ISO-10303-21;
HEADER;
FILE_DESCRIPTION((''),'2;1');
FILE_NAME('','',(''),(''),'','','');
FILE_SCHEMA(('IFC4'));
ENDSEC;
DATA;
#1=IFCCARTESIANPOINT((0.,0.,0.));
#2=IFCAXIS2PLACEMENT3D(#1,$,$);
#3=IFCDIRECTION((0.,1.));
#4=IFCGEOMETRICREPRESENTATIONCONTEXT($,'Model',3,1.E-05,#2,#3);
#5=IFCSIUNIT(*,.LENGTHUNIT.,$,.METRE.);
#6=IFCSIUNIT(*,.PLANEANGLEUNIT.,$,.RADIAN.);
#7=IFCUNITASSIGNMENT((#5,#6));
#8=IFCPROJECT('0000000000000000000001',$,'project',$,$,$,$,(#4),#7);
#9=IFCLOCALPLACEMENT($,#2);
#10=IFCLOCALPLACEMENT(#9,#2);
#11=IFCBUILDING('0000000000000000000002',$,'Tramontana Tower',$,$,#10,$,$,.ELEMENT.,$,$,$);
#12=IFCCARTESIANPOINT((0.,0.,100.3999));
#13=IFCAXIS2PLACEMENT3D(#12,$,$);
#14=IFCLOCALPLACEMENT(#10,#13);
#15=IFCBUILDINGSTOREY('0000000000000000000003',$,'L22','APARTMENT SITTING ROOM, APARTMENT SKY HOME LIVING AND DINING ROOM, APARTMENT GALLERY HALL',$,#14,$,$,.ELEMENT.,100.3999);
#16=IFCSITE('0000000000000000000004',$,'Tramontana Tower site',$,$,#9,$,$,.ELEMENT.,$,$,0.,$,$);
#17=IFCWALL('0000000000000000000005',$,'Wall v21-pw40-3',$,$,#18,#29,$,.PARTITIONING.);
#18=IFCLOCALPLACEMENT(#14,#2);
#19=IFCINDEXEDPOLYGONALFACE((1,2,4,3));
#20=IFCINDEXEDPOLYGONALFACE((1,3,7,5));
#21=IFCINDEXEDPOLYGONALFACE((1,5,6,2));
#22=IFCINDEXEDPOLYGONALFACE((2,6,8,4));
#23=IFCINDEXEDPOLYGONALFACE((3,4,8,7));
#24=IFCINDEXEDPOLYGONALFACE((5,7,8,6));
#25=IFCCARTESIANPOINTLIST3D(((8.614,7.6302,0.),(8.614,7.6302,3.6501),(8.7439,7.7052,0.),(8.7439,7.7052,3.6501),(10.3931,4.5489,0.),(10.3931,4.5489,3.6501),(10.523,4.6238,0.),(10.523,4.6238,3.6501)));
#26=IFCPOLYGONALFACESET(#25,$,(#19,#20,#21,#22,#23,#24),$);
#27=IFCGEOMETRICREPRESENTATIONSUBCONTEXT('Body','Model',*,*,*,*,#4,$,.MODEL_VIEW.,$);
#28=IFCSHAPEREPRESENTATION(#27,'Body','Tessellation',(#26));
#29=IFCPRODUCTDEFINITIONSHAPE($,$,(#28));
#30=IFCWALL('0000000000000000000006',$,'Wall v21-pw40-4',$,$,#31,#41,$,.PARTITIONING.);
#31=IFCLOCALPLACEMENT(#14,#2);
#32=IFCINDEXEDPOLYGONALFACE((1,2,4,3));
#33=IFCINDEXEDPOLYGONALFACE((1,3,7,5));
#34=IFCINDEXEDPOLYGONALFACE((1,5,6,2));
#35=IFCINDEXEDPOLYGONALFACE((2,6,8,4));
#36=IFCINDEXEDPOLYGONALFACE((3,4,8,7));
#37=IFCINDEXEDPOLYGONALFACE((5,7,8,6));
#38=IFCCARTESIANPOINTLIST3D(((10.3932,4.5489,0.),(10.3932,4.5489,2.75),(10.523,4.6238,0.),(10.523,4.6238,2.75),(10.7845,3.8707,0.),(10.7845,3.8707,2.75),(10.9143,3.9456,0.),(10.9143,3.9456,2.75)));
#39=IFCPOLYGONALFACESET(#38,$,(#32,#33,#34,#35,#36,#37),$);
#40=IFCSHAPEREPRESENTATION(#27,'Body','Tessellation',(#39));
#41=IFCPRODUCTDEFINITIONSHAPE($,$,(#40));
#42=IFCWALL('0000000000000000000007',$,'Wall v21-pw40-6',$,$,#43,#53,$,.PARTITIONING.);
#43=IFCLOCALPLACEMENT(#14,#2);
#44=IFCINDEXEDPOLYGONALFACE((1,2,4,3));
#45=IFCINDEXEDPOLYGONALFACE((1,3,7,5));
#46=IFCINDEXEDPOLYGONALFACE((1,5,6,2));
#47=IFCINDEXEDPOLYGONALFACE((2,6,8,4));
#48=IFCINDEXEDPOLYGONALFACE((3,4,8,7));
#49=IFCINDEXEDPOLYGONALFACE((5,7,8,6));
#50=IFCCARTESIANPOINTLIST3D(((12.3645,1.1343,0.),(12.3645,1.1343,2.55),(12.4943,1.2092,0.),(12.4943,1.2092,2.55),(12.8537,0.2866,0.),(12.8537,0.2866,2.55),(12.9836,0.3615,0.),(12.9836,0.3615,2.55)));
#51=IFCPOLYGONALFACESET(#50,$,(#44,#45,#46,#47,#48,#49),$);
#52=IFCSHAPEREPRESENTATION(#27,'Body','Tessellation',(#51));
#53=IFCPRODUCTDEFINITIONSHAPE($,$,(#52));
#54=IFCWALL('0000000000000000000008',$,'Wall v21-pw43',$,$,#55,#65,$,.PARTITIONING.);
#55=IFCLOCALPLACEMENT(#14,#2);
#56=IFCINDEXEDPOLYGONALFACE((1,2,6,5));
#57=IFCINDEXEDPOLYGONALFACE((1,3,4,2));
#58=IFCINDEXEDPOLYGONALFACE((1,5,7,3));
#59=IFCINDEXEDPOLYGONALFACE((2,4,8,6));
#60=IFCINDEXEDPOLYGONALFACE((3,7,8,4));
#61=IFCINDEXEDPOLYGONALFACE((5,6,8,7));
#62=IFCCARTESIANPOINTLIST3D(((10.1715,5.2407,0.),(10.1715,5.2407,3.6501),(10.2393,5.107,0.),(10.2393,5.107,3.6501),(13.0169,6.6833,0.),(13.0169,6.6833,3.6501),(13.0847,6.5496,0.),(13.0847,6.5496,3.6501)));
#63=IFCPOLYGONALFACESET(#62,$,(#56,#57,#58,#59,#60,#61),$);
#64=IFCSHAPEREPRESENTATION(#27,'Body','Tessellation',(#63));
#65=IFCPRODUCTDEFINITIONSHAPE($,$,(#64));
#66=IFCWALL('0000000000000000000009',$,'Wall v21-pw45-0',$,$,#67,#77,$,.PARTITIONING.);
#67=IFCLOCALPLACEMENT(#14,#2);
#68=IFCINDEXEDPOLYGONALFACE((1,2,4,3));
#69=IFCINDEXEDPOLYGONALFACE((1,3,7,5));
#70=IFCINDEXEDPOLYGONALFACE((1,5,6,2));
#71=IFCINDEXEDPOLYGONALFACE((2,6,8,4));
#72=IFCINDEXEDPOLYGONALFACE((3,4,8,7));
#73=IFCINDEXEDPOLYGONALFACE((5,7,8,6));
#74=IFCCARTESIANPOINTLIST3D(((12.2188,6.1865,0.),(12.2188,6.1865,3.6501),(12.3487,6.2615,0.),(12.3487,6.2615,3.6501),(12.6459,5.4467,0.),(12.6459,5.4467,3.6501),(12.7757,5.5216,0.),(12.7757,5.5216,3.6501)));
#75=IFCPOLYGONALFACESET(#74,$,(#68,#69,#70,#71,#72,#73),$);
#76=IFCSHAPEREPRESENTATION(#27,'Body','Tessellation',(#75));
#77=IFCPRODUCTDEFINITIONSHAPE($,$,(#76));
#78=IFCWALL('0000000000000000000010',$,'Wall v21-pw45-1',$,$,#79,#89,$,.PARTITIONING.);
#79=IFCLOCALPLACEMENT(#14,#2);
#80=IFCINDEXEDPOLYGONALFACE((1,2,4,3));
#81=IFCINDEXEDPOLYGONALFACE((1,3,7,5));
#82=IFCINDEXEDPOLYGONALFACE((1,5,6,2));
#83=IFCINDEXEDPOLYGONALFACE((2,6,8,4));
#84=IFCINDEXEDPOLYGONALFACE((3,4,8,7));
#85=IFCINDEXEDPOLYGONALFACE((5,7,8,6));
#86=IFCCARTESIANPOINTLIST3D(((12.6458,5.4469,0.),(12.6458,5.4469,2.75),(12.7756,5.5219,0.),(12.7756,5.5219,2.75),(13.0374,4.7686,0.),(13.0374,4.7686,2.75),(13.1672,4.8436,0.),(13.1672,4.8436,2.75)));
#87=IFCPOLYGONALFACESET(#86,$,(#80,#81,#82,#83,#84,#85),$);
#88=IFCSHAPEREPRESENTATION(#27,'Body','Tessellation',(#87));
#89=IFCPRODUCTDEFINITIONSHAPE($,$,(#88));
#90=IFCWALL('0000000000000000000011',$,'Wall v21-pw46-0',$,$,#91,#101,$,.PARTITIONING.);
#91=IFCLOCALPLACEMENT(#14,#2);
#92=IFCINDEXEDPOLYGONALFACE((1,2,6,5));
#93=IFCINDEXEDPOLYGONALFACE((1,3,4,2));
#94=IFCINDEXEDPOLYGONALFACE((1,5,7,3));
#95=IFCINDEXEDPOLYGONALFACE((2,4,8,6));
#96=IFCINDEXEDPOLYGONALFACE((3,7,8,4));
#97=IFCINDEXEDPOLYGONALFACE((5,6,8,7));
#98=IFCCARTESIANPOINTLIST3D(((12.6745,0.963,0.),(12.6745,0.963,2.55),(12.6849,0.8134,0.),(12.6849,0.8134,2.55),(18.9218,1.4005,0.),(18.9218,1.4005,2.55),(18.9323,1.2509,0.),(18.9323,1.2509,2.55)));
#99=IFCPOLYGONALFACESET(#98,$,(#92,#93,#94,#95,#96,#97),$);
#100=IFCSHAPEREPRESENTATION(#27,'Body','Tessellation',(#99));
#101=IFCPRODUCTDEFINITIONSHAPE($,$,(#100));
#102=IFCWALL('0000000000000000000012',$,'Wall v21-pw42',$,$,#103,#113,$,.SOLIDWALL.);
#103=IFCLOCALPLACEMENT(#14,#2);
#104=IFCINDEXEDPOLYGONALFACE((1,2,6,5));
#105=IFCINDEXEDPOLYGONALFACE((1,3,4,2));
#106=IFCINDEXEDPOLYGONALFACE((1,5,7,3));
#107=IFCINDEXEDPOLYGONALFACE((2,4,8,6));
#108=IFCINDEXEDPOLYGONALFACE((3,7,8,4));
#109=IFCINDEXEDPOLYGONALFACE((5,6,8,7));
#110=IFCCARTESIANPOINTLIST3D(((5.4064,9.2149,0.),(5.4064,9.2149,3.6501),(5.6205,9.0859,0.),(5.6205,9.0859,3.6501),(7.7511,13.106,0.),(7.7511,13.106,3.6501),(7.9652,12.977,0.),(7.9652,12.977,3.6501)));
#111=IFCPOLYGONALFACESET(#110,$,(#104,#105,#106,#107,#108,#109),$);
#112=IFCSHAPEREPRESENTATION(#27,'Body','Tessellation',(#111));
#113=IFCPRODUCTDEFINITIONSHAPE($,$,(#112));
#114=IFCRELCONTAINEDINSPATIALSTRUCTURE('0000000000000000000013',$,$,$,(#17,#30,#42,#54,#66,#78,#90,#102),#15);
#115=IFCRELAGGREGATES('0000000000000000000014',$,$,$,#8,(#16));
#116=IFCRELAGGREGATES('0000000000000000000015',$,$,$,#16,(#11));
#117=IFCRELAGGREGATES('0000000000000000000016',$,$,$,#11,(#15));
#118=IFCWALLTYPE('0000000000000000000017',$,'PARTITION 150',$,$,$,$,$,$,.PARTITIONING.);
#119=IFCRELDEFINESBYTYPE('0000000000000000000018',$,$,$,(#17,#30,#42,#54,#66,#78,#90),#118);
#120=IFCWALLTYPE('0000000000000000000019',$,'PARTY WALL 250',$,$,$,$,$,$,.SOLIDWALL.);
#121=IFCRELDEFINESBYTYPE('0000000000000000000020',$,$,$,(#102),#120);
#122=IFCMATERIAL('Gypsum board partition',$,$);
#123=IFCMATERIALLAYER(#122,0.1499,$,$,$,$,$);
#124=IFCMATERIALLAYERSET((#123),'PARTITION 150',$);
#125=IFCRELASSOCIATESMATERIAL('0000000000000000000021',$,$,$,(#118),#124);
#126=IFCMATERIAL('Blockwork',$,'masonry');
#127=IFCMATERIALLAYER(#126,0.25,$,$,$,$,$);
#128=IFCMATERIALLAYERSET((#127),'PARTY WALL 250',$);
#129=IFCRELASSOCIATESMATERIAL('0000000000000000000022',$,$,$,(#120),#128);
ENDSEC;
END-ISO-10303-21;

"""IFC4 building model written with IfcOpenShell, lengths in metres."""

from ifc_helpers import new_model, si_unit, direction, frame, frame_2d, origin, place, context, subcontext, project, spatial, rectangle, extrude, material, layer, layer_set, type_object, element, save


model = new_model("IFC4")

# Units and contexts
model_context = context("Model", 3, precision=1e-05, world=origin(), true_north=direction((0.0, 1.0)))
body_context = subcontext(model_context, "Body", "Model", "MODEL_VIEW")
ifc_project = project(units=[si_unit("LENGTHUNIT", "METRE"), si_unit("PLANEANGLEUNIT", "RADIAN")], contexts=[model_context])

# Site, building, storey
site_placement = place(None, origin())
site = spatial("IfcSite", under=ifc_project, at=site_placement, Name="Tramontana Tower site", CompositionType="ELEMENT", RefElevation=0.0)
building_placement = place(site_placement, origin())
building = spatial("IfcBuilding", under=site, at=building_placement, Name="Tramontana Tower", CompositionType="ELEMENT")
storey_placement = place(building_placement, frame((0.0, 0.0, 100.3999)))
storey = spatial("IfcBuildingStorey", under=building, at=storey_placement, Name="L22", Description="APARTMENT SITTING ROOM, APARTMENT SKY HOME LIVING AND DINING ROOM, APARTMENT GALLERY HALL", CompositionType="ELEMENT", Elevation=100.3999)

# Shared definitions
ifc_material_1 = material(Name="Gypsum board partition")
ifc_layer_1 = layer(ifc_material_1, 0.1499)
ifc_layer_set_1 = layer_set([ifc_layer_1], Name="PARTITION 150")
wall_type_1 = type_object("IfcWallType", Name="PARTITION 150", PredefinedType="PARTITIONING", material=ifc_layer_set_1)

# Walls
wall_1_placement = place(storey_placement, frame((8.679, 7.6677, 0.0), z_axis=(0.0, 0.0, 1.0), x_axis=(0.500013, -0.866018, 0.0)))
element("IfcWall", 1, at=wall_1_placement, inside=storey, type_object=wall_type_1, Name="Wall v21-pw40-3", PredefinedType="PARTITIONING", context=body_context, shape_type="SweptSolid", body=[
    extrude(rectangle(XDim=3.5581, YDim=0.1499, at=frame_2d((1.7791, 0.0))), origin(), (0.0, 0.0, 1.0), 3.6501),
])
wall_2_placement = place(storey_placement, frame((10.458, 4.5864, 0.0), z_axis=(0.0, 0.0, 1.0), x_axis=(0.499794, -0.866144, 0.0)))
element("IfcWall", 2, at=wall_2_placement, inside=storey, type_object=wall_type_1, Name="Wall v21-pw40-4", PredefinedType="PARTITIONING", context=body_context, shape_type="SweptSolid", body=[
    extrude(rectangle(XDim=0.783, YDim=0.1499, at=frame_2d((0.3916, 0.0))), origin(), (0.0, 0.0, 1.0), 2.75),
])

# Walls
wall_3_placement = place(storey_placement, frame((12.4294, 1.1716, 0.0), z_axis=(0.0, 0.0, 1.0), x_axis=(0.499895, -0.866086, 0.0)))
element("IfcWall", 3, at=wall_3_placement, inside=storey, type_object=wall_type_1, Name="Wall v21-pw40-6", PredefinedType="PARTITIONING", context=body_context, shape_type="SweptSolid", body=[
    extrude(rectangle(XDim=0.9788, YDim=0.1499, at=frame_2d((0.4893, 0.0))), origin(), (0.0, 0.0, 1.0), 2.55),
])
wall_4_placement = place(storey_placement, frame((10.2053, 5.1738, 0.0), z_axis=(0.0, 0.0, 1.0), x_axis=(0.891919, 0.452196, 0.0)))
element("IfcWall", 4, at=wall_4_placement, inside=storey, type_object=wall_type_1, Name="Wall v21-pw43", PredefinedType="PARTITIONING", context=body_context, shape_type="SweptSolid", body=[
    extrude(rectangle(XDim=3.1902, YDim=0.1499, at=frame_2d((1.5952, 0.0))), origin(), (0.0, 0.0, 1.0), 3.6501),
])
wall_5_placement = place(storey_placement, frame((12.2837, 6.2241, 0.0), z_axis=(0.0, 0.0, 1.0), x_axis=(0.49992, -0.866071, 0.0)))
element("IfcWall", 5, at=wall_5_placement, inside=storey, type_object=wall_type_1, Name="Wall v21-pw45-0", PredefinedType="PARTITIONING", context=body_context, shape_type="SweptSolid", body=[
    extrude(rectangle(XDim=0.8542, YDim=0.1499, at=frame_2d((0.4272, 0.0))), origin(), (0.0, 0.0, 1.0), 3.6501),
])
wall_6_placement = place(storey_placement, frame((12.7107, 5.4844, 0.0), z_axis=(0.0, 0.0, 1.0), x_axis=(0.500028, -0.866009, 0.0)))
element("IfcWall", 6, at=wall_6_placement, inside=storey, type_object=wall_type_1, Name="Wall v21-pw45-1", PredefinedType="PARTITIONING", context=body_context, shape_type="SweptSolid", body=[
    extrude(rectangle(XDim=0.7832, YDim=0.1499, at=frame_2d((0.3916, 0.0))), origin(), (0.0, 0.0, 1.0), 2.75),
])
wall_7_placement = place(storey_placement, frame((12.6797, 0.8882, 0.0), z_axis=(0.0, 0.0, 1.0), x_axis=(0.997557, 0.069859, 0.0)))
element("IfcWall", 7, at=wall_7_placement, inside=storey, type_object=wall_type_1, Name="Wall v21-pw46-0", PredefinedType="PARTITIONING", context=body_context, shape_type="SweptSolid", body=[
    extrude(rectangle(XDim=6.2627, YDim=0.1499, at=frame_2d((3.1313, 0.0))), origin(), (0.0, 0.0, 1.0), 2.55),
])

# Wall
ifc_material_2 = material(Name="Blockwork", Category="masonry")
ifc_layer_2 = layer(ifc_material_2, 0.25)
ifc_layer_set_2 = layer_set([ifc_layer_2], Name="PARTY WALL 250")
wall_type_2 = type_object("IfcWallType", Name="PARTY WALL 250", PredefinedType="SOLIDWALL", material=ifc_layer_set_2)
wall_8_placement = place(storey_placement, frame((7.8582, 13.0415, 0.0), z_axis=(0.0, 0.0, 1.0), x_axis=(-0.516123, -0.856515, 0.0)))
element("IfcWall", 8, at=wall_8_placement, inside=storey, type_object=wall_type_2, Name="Wall v21-pw42", PredefinedType="SOLIDWALL", context=body_context, shape_type="SweptSolid", body=[
    extrude(rectangle(XDim=4.543, YDim=0.25, at=frame_2d((2.2715, 0.0))), origin(), (0.0, 0.0, 1.0), 3.6501),
])

save(model, "model.ifc")
